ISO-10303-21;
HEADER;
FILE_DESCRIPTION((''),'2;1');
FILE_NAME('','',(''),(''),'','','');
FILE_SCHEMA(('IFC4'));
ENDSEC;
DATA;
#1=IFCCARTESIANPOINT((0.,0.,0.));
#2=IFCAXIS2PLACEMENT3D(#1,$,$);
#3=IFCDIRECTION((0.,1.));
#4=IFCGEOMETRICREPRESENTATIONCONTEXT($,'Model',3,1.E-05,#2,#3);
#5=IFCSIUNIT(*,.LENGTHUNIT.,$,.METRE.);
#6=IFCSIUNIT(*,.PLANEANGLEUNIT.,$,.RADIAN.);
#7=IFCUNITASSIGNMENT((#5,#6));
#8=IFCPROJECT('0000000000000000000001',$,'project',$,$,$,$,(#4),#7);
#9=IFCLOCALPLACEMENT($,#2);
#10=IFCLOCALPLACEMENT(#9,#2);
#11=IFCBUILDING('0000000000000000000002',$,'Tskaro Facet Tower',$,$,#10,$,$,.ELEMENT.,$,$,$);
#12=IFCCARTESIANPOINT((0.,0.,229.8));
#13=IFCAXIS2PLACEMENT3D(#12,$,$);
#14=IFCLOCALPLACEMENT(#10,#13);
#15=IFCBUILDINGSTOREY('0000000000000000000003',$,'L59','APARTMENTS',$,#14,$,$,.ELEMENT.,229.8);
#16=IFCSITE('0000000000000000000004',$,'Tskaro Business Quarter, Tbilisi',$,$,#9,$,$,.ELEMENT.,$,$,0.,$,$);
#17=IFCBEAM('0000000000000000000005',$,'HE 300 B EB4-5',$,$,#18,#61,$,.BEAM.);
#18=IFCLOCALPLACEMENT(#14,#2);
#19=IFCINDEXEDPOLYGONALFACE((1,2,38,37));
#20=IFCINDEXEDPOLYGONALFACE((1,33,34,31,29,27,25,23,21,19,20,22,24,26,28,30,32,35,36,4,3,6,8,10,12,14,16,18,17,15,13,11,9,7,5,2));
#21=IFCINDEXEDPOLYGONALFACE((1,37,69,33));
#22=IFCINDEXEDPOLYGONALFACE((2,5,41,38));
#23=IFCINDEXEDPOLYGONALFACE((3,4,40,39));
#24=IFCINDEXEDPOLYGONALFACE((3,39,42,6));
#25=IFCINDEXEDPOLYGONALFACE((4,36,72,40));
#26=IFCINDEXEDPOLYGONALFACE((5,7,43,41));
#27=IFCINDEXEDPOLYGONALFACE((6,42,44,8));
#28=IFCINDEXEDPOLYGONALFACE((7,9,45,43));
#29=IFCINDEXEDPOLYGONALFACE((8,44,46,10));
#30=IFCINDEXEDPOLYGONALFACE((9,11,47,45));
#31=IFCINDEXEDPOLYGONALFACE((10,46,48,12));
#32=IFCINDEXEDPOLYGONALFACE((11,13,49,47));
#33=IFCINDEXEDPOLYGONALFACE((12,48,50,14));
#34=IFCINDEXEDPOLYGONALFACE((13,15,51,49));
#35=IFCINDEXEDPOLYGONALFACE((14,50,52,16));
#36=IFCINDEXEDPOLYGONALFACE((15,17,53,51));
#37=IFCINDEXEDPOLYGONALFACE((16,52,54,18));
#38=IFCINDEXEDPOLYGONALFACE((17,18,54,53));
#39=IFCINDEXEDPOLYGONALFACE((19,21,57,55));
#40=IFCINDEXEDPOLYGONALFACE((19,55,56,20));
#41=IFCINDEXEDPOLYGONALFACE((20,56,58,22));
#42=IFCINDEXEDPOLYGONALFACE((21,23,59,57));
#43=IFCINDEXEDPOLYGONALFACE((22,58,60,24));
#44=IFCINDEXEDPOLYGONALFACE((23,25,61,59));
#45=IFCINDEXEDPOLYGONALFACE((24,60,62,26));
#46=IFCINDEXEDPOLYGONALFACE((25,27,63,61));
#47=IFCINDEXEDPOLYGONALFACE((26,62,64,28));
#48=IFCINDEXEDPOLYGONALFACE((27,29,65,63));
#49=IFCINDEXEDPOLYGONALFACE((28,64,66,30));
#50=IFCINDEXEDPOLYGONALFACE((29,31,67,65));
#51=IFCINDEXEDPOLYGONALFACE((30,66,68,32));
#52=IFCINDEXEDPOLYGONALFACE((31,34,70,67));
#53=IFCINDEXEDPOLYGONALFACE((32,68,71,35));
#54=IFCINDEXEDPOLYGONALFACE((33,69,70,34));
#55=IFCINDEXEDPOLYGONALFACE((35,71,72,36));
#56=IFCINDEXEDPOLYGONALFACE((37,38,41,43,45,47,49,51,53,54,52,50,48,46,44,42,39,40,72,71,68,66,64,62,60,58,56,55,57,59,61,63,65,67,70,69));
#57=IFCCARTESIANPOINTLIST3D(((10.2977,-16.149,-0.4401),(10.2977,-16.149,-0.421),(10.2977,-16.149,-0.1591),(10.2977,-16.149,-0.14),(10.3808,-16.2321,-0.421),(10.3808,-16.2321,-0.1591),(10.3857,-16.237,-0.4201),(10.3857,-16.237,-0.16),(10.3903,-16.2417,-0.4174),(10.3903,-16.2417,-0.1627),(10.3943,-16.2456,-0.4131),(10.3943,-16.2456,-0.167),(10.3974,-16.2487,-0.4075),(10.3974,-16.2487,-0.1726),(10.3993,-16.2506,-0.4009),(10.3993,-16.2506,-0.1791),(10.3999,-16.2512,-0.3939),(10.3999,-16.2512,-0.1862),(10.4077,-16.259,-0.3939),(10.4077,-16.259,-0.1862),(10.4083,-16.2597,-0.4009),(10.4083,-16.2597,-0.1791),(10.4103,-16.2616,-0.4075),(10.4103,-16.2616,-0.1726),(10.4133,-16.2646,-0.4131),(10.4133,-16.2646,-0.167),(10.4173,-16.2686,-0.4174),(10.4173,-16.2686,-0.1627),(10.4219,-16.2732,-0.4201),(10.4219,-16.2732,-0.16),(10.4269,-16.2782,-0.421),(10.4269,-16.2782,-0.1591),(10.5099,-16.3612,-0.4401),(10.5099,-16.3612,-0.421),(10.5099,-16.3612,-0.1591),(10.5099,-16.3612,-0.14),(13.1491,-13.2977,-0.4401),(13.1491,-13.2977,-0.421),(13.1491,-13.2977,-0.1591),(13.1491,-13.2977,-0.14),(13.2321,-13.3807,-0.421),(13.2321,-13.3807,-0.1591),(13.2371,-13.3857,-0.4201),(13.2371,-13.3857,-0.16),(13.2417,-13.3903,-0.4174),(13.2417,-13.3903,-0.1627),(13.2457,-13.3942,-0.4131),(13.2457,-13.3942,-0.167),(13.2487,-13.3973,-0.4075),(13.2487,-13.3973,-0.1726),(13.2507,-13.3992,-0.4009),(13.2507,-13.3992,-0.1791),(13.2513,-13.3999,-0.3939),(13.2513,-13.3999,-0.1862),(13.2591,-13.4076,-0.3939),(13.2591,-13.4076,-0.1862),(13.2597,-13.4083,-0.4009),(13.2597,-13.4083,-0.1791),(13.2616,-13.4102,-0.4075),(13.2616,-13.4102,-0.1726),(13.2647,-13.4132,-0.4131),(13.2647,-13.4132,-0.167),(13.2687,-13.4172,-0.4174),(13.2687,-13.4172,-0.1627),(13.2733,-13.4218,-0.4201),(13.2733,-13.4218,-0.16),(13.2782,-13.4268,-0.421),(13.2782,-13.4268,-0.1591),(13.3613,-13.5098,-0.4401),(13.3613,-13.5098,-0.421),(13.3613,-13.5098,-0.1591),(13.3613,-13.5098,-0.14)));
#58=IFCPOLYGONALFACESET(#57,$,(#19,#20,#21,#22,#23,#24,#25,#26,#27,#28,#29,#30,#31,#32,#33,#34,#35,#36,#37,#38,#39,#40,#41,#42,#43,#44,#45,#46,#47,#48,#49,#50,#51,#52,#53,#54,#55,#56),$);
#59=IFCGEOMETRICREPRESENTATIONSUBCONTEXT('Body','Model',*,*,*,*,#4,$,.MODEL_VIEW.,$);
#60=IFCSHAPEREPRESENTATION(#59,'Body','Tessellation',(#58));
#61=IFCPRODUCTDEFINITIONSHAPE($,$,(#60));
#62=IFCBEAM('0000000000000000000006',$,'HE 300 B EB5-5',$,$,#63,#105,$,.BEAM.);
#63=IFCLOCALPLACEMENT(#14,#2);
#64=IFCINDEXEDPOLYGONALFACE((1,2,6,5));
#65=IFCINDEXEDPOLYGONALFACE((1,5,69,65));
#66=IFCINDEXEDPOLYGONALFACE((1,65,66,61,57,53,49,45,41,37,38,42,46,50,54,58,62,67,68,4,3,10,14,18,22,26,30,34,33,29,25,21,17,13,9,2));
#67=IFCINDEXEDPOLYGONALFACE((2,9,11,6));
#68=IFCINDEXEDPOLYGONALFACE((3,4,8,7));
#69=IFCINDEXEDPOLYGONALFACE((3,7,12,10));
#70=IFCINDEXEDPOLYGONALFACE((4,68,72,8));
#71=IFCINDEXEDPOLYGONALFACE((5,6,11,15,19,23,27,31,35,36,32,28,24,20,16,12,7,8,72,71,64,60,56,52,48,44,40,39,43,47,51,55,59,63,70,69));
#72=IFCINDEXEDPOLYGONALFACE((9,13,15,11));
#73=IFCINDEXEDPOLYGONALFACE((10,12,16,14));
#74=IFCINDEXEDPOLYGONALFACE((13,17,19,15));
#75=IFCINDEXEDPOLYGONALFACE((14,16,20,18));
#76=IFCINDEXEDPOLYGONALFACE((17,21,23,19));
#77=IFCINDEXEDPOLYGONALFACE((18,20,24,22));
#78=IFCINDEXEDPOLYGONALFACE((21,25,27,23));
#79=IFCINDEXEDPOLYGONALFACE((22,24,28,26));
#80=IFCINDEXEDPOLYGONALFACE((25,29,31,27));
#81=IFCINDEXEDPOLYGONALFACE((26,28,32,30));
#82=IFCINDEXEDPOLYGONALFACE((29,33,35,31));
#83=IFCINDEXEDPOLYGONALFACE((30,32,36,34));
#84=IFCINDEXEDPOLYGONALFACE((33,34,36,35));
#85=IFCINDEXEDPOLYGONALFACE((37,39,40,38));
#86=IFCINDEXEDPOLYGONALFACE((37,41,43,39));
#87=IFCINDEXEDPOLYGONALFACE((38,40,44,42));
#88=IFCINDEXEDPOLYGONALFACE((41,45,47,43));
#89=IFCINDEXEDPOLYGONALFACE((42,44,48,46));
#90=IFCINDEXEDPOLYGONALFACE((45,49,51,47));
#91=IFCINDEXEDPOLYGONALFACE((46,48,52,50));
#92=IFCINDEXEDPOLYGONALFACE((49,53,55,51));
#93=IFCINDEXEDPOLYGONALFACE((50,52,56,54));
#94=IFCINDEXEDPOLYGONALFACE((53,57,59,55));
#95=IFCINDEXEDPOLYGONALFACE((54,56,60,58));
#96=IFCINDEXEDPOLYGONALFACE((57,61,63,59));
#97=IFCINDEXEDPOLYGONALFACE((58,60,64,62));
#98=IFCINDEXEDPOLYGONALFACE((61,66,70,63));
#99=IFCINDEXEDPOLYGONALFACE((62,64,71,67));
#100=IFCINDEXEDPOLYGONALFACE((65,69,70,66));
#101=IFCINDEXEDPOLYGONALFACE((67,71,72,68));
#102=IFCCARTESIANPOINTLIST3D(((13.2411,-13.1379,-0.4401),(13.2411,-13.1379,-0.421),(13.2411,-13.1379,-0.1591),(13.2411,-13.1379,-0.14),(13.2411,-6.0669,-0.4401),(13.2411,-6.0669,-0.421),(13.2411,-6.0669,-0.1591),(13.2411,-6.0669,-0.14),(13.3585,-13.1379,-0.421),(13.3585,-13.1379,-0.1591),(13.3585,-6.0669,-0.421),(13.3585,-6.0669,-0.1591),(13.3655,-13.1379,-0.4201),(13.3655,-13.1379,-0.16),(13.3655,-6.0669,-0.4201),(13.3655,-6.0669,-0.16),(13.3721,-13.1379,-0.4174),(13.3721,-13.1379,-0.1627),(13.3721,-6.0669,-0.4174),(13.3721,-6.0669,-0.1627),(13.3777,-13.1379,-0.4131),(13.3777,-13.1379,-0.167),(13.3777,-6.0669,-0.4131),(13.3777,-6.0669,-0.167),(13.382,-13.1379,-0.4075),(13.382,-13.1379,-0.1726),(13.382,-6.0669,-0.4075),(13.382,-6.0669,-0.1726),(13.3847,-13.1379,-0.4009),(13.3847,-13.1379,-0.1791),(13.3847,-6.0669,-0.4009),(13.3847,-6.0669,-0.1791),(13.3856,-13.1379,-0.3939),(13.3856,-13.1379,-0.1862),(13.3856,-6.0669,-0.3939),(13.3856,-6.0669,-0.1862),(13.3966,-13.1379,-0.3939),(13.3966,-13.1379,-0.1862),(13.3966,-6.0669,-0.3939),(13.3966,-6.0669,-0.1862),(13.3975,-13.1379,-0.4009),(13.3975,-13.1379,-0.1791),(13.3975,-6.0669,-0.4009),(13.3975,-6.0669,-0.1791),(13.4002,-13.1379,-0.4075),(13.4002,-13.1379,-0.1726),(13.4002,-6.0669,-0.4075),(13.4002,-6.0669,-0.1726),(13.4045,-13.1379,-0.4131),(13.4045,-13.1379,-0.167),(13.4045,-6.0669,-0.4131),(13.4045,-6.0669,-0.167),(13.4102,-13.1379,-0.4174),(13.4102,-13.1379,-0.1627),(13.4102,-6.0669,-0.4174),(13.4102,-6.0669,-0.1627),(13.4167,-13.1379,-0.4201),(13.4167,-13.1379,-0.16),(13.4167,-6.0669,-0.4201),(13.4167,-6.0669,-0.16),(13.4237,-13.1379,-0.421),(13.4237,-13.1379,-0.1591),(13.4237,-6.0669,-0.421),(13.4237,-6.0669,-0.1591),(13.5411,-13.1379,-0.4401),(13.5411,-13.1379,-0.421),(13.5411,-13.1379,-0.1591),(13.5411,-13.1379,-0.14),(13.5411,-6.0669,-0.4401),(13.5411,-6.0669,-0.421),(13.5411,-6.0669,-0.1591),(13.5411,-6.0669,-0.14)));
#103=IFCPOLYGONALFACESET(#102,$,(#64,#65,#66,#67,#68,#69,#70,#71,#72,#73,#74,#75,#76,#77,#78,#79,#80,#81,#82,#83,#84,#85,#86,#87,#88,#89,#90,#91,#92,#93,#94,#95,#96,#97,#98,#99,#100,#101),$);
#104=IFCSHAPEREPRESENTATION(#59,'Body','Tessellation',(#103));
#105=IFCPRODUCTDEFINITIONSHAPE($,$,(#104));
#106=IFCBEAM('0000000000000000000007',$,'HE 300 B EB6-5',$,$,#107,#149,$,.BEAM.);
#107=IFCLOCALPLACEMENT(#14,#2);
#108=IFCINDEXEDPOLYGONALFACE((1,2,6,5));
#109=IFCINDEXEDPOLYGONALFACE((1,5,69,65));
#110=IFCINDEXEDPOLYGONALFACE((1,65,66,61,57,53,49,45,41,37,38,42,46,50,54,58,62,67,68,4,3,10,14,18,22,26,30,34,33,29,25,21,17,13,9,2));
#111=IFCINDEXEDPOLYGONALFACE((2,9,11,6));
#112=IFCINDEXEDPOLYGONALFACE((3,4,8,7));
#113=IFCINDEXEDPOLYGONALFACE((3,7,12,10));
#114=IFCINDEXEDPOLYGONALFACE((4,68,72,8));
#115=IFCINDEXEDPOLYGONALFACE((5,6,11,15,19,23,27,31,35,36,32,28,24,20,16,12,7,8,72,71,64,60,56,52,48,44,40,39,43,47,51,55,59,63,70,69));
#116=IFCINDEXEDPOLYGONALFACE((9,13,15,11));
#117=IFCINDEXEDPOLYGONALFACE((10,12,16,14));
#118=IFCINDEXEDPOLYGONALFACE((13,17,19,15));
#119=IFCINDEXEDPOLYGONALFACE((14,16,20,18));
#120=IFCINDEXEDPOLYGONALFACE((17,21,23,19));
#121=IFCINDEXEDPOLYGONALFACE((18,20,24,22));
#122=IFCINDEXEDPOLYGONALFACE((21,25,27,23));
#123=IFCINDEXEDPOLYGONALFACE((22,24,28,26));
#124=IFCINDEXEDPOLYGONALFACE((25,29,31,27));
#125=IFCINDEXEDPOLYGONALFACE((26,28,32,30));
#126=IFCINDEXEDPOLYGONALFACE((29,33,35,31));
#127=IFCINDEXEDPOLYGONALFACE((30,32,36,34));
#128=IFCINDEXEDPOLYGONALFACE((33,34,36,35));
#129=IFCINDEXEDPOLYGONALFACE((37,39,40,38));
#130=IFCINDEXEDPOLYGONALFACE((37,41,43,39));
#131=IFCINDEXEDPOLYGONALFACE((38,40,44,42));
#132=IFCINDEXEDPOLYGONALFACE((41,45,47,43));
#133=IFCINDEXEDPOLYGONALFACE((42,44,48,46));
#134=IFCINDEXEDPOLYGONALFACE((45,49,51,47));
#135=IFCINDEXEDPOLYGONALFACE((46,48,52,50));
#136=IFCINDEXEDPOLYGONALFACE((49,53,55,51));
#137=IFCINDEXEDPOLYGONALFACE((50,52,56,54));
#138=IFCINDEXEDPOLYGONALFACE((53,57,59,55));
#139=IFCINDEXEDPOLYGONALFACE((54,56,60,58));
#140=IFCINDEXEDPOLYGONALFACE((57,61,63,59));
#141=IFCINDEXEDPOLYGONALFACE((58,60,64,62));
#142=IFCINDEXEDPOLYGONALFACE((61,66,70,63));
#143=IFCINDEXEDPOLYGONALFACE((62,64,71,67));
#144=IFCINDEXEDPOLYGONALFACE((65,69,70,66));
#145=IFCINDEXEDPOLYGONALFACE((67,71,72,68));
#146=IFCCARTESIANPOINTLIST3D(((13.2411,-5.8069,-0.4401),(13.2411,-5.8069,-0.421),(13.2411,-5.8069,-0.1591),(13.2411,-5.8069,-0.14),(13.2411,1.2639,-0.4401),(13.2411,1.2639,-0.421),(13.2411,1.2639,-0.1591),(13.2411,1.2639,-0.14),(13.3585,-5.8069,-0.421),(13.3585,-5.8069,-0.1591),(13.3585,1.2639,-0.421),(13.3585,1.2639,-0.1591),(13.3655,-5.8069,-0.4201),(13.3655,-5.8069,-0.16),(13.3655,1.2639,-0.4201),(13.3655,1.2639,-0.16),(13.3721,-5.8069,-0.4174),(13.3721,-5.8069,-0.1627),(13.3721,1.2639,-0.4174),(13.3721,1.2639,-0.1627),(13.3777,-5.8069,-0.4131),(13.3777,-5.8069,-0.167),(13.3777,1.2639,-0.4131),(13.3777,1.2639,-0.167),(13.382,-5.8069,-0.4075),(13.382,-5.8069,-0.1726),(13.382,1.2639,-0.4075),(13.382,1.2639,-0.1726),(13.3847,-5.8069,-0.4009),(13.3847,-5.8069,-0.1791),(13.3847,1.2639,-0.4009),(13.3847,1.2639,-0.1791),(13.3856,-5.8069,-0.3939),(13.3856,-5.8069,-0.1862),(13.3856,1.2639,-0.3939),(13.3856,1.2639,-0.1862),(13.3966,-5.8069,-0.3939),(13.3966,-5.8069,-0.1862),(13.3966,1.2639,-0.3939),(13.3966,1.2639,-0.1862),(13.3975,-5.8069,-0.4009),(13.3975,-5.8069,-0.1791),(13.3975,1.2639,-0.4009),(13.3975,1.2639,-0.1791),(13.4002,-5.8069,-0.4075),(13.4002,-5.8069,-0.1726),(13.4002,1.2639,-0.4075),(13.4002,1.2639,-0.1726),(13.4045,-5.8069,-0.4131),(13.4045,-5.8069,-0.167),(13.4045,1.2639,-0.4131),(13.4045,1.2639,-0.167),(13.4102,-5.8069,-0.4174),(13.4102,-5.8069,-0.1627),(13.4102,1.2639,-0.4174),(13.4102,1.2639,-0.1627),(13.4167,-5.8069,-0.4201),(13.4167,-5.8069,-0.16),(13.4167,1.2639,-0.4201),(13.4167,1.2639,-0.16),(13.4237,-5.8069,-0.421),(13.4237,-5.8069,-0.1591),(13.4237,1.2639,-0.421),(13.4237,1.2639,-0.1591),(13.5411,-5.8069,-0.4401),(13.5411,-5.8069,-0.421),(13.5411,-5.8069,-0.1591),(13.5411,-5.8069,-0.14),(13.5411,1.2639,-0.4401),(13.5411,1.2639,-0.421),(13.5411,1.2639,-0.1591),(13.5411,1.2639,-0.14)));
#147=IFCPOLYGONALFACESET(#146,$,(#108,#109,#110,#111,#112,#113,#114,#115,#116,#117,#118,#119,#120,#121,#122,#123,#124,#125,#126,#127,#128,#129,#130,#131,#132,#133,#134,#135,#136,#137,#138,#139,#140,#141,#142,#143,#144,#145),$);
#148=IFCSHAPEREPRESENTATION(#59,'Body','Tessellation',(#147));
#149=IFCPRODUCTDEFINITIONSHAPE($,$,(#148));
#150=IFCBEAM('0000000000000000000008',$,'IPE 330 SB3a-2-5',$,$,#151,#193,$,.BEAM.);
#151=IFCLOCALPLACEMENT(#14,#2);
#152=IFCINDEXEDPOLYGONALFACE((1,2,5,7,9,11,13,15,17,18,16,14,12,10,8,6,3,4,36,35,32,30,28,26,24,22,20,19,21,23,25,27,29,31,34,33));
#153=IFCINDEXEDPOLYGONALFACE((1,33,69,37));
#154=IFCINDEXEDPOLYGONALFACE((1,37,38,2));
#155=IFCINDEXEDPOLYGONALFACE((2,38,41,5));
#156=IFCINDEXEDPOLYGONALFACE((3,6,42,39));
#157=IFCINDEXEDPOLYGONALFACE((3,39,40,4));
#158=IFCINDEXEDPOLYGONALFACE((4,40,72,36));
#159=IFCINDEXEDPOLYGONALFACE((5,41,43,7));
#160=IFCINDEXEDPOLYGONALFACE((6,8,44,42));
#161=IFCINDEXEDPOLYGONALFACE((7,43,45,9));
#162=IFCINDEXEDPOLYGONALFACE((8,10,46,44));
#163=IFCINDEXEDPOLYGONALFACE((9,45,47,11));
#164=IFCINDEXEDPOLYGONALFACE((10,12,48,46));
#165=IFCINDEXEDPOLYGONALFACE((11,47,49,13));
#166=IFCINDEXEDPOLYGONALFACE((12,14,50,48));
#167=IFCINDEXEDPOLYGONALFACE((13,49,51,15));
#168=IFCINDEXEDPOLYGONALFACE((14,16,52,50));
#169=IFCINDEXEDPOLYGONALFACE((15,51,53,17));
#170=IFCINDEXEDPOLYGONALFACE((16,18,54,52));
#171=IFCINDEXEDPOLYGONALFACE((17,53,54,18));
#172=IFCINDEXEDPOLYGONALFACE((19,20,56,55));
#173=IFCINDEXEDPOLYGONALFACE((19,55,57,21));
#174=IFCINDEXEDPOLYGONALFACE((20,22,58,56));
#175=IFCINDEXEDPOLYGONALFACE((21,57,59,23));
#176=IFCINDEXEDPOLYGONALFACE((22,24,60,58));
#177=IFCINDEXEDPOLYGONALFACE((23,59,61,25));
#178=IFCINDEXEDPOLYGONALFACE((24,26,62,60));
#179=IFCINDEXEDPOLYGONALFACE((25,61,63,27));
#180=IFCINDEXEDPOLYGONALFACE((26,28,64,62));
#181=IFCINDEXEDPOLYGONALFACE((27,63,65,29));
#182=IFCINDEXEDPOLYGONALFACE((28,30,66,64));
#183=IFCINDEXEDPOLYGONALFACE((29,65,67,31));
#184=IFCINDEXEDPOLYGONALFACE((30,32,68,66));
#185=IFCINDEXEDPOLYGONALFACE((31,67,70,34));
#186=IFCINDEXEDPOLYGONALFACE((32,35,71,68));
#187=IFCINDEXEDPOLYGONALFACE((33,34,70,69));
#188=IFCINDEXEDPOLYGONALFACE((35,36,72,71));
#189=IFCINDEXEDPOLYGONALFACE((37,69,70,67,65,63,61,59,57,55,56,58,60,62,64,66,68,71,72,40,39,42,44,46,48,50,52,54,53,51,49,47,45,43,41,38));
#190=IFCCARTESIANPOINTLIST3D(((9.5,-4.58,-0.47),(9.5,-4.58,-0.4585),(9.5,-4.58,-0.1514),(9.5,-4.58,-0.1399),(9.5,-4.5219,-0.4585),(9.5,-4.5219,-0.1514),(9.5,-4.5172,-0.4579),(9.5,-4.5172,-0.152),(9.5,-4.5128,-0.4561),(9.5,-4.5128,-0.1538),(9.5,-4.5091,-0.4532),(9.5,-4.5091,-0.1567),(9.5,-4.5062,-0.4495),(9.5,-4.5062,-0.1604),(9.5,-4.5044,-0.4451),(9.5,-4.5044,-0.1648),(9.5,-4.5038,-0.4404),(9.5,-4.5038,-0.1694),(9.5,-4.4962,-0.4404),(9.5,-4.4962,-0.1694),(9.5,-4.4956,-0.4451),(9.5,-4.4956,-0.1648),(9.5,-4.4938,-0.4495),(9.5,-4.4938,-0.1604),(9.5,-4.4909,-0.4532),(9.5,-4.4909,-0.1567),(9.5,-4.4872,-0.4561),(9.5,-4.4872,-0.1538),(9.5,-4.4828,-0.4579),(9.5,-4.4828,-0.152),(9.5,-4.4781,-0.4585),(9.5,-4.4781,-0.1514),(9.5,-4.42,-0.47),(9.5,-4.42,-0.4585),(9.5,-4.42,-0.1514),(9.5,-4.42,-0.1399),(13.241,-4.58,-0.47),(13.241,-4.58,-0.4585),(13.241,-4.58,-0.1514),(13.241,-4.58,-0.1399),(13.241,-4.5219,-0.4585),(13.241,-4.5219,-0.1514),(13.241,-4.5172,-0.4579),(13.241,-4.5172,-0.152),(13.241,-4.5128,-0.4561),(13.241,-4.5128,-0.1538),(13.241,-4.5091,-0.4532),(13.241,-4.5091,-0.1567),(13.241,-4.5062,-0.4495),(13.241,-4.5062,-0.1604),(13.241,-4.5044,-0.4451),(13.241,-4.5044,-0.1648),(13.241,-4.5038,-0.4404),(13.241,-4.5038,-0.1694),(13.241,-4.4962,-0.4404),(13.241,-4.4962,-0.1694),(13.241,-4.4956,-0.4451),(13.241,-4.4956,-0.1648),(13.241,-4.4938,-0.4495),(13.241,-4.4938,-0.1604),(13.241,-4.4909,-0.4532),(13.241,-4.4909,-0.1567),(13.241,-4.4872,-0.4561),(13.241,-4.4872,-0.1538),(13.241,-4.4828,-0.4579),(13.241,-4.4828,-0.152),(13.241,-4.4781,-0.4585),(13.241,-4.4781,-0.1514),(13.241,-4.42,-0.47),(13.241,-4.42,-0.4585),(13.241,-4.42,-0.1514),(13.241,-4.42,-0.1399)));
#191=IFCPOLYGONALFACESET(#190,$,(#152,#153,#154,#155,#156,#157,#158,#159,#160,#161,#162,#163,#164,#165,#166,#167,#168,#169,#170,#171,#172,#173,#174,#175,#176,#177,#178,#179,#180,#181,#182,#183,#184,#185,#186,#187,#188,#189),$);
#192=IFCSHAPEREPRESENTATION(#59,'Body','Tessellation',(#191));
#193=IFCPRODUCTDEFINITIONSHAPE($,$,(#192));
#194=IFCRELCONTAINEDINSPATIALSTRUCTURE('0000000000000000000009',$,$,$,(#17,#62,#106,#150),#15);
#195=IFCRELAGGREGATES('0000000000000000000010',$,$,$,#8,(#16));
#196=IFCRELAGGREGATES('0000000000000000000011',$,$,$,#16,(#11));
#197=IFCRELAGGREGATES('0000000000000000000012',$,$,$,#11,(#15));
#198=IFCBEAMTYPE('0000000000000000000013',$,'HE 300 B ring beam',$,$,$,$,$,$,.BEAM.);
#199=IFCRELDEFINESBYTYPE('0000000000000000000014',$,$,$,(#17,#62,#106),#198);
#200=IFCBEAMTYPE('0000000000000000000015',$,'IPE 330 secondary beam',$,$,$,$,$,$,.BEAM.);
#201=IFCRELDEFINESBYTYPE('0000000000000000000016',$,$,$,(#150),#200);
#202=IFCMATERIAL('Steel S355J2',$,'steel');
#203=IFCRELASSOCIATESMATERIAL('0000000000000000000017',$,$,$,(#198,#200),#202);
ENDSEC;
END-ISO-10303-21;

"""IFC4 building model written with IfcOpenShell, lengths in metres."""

from ifc_helpers import new_model, si_unit, direction, frame, origin, origin_2d, place, context, subcontext, project, spatial, i_section, extrude, material, material_profile, profile_set, type_object, element, save


model = new_model("IFC4")

# Units and contexts
model_context = context("Model", 3, precision=1e-05, world=origin(), true_north=direction((0.0, 1.0)))
body_context = subcontext(model_context, "Body", "Model", "MODEL_VIEW")
ifc_project = project(units=[si_unit("LENGTHUNIT", "METRE"), si_unit("PLANEANGLEUNIT", "RADIAN")], contexts=[model_context])

# Site, building, storey
site_placement = place(None, origin())
site = spatial("IfcSite", under=ifc_project, at=site_placement, Name="Tskaro Business Quarter, Tbilisi", CompositionType="ELEMENT", RefElevation=0.0)
building_placement = place(site_placement, origin())
building = spatial("IfcBuilding", under=site, at=building_placement, Name="Tskaro Facet Tower", CompositionType="ELEMENT")
storey_placement = place(building_placement, frame((0.0, 0.0, 229.8)))
storey = spatial("IfcBuildingStorey", under=building, at=storey_placement, Name="L59", Description="APARTMENTS", CompositionType="ELEMENT", Elevation=229.8)

# Shared definitions
ifc_material_1 = material(Name="Steel S355J2", Category="steel")

# Beams
ifc_material_profile_1 = material_profile(ifc_material_1, i_section(OverallWidth=0.3, OverallDepth=0.3, WebThickness=0.011, FlangeThickness=0.019, FilletRadius=0.0271, at=origin_2d()), Name="HE 300 B")
ifc_profile_set_1 = profile_set([ifc_material_profile_1], Name="Steel S355J2")
beam_type_1 = type_object("IfcBeamType", Name="HE 300 B ring beam", PredefinedType="BEAM", material=ifc_profile_set_1)
beam_1_placement = place(storey_placement, frame((10.4038, -16.2551, -0.29), z_axis=(0.707107, 0.707107, 0.0), x_axis=(-0.707107, 0.707107, 0.0)))
element("IfcBeam", 1, at=beam_1_placement, inside=storey, type_object=beam_type_1, Name="HE 300 B EB4-5", PredefinedType="BEAM", context=body_context, shape_type="SweptSolid", body=[
    extrude(i_section(OverallWidth=0.3, OverallDepth=0.3, WebThickness=0.011, FlangeThickness=0.019, FilletRadius=0.0271, at=origin_2d()), origin(), (0.0, 0.0, 1.0), 4.0325),
])
beam_2_placement = place(storey_placement, frame((13.3911, -13.1379, -0.29), z_axis=(0.0, 1.0, 0.0), x_axis=(-1.0, 0.0, 0.0)))
element("IfcBeam", 2, at=beam_2_placement, inside=storey, type_object=beam_type_1, Name="HE 300 B EB5-5", PredefinedType="BEAM", context=body_context, shape_type="SweptSolid", body=[
    extrude(i_section(OverallWidth=0.3, OverallDepth=0.3, WebThickness=0.011, FlangeThickness=0.019, FilletRadius=0.0271, at=origin_2d()), origin(), (0.0, 0.0, 1.0), 7.071),
])
beam_3_placement = place(storey_placement, frame((13.3911, -5.8069, -0.29), z_axis=(0.0, 1.0, 0.0), x_axis=(-1.0, 0.0, 0.0)))
element("IfcBeam", 3, at=beam_3_placement, inside=storey, type_object=beam_type_1, Name="HE 300 B EB6-5", PredefinedType="BEAM", context=body_context, shape_type="SweptSolid", body=[
    extrude(i_section(OverallWidth=0.3, OverallDepth=0.3, WebThickness=0.011, FlangeThickness=0.019, FilletRadius=0.0271, at=origin_2d()), origin(), (0.0, 0.0, 1.0), 7.0708),
])
ifc_material_profile_2 = material_profile(ifc_material_1, i_section(OverallWidth=0.1599, OverallDepth=0.3301, WebThickness=0.0076, FlangeThickness=0.0115, FilletRadius=0.0181, at=origin_2d()), Name="IPE 330")
ifc_profile_set_2 = profile_set([ifc_material_profile_2], Name="Steel S355J2")
beam_type_2 = type_object("IfcBeamType", Name="IPE 330 secondary beam", PredefinedType="BEAM", material=ifc_profile_set_2)
beam_4_placement = place(storey_placement, frame((9.5, -4.5, -0.3049), z_axis=(1.0, 0.0, 0.0), x_axis=(0.0, 1.0, 0.0)))
element("IfcBeam", 4, at=beam_4_placement, inside=storey, type_object=beam_type_2, Name="IPE 330 SB3a-2-5", PredefinedType="BEAM", context=body_context, shape_type="SweptSolid", body=[
    extrude(i_section(OverallWidth=0.1599, OverallDepth=0.3301, WebThickness=0.0076, FlangeThickness=0.0115, FilletRadius=0.0181, at=origin_2d()), origin(), (0.0, 0.0, 1.0), 3.741),
])

save(model, "model.ifc")
